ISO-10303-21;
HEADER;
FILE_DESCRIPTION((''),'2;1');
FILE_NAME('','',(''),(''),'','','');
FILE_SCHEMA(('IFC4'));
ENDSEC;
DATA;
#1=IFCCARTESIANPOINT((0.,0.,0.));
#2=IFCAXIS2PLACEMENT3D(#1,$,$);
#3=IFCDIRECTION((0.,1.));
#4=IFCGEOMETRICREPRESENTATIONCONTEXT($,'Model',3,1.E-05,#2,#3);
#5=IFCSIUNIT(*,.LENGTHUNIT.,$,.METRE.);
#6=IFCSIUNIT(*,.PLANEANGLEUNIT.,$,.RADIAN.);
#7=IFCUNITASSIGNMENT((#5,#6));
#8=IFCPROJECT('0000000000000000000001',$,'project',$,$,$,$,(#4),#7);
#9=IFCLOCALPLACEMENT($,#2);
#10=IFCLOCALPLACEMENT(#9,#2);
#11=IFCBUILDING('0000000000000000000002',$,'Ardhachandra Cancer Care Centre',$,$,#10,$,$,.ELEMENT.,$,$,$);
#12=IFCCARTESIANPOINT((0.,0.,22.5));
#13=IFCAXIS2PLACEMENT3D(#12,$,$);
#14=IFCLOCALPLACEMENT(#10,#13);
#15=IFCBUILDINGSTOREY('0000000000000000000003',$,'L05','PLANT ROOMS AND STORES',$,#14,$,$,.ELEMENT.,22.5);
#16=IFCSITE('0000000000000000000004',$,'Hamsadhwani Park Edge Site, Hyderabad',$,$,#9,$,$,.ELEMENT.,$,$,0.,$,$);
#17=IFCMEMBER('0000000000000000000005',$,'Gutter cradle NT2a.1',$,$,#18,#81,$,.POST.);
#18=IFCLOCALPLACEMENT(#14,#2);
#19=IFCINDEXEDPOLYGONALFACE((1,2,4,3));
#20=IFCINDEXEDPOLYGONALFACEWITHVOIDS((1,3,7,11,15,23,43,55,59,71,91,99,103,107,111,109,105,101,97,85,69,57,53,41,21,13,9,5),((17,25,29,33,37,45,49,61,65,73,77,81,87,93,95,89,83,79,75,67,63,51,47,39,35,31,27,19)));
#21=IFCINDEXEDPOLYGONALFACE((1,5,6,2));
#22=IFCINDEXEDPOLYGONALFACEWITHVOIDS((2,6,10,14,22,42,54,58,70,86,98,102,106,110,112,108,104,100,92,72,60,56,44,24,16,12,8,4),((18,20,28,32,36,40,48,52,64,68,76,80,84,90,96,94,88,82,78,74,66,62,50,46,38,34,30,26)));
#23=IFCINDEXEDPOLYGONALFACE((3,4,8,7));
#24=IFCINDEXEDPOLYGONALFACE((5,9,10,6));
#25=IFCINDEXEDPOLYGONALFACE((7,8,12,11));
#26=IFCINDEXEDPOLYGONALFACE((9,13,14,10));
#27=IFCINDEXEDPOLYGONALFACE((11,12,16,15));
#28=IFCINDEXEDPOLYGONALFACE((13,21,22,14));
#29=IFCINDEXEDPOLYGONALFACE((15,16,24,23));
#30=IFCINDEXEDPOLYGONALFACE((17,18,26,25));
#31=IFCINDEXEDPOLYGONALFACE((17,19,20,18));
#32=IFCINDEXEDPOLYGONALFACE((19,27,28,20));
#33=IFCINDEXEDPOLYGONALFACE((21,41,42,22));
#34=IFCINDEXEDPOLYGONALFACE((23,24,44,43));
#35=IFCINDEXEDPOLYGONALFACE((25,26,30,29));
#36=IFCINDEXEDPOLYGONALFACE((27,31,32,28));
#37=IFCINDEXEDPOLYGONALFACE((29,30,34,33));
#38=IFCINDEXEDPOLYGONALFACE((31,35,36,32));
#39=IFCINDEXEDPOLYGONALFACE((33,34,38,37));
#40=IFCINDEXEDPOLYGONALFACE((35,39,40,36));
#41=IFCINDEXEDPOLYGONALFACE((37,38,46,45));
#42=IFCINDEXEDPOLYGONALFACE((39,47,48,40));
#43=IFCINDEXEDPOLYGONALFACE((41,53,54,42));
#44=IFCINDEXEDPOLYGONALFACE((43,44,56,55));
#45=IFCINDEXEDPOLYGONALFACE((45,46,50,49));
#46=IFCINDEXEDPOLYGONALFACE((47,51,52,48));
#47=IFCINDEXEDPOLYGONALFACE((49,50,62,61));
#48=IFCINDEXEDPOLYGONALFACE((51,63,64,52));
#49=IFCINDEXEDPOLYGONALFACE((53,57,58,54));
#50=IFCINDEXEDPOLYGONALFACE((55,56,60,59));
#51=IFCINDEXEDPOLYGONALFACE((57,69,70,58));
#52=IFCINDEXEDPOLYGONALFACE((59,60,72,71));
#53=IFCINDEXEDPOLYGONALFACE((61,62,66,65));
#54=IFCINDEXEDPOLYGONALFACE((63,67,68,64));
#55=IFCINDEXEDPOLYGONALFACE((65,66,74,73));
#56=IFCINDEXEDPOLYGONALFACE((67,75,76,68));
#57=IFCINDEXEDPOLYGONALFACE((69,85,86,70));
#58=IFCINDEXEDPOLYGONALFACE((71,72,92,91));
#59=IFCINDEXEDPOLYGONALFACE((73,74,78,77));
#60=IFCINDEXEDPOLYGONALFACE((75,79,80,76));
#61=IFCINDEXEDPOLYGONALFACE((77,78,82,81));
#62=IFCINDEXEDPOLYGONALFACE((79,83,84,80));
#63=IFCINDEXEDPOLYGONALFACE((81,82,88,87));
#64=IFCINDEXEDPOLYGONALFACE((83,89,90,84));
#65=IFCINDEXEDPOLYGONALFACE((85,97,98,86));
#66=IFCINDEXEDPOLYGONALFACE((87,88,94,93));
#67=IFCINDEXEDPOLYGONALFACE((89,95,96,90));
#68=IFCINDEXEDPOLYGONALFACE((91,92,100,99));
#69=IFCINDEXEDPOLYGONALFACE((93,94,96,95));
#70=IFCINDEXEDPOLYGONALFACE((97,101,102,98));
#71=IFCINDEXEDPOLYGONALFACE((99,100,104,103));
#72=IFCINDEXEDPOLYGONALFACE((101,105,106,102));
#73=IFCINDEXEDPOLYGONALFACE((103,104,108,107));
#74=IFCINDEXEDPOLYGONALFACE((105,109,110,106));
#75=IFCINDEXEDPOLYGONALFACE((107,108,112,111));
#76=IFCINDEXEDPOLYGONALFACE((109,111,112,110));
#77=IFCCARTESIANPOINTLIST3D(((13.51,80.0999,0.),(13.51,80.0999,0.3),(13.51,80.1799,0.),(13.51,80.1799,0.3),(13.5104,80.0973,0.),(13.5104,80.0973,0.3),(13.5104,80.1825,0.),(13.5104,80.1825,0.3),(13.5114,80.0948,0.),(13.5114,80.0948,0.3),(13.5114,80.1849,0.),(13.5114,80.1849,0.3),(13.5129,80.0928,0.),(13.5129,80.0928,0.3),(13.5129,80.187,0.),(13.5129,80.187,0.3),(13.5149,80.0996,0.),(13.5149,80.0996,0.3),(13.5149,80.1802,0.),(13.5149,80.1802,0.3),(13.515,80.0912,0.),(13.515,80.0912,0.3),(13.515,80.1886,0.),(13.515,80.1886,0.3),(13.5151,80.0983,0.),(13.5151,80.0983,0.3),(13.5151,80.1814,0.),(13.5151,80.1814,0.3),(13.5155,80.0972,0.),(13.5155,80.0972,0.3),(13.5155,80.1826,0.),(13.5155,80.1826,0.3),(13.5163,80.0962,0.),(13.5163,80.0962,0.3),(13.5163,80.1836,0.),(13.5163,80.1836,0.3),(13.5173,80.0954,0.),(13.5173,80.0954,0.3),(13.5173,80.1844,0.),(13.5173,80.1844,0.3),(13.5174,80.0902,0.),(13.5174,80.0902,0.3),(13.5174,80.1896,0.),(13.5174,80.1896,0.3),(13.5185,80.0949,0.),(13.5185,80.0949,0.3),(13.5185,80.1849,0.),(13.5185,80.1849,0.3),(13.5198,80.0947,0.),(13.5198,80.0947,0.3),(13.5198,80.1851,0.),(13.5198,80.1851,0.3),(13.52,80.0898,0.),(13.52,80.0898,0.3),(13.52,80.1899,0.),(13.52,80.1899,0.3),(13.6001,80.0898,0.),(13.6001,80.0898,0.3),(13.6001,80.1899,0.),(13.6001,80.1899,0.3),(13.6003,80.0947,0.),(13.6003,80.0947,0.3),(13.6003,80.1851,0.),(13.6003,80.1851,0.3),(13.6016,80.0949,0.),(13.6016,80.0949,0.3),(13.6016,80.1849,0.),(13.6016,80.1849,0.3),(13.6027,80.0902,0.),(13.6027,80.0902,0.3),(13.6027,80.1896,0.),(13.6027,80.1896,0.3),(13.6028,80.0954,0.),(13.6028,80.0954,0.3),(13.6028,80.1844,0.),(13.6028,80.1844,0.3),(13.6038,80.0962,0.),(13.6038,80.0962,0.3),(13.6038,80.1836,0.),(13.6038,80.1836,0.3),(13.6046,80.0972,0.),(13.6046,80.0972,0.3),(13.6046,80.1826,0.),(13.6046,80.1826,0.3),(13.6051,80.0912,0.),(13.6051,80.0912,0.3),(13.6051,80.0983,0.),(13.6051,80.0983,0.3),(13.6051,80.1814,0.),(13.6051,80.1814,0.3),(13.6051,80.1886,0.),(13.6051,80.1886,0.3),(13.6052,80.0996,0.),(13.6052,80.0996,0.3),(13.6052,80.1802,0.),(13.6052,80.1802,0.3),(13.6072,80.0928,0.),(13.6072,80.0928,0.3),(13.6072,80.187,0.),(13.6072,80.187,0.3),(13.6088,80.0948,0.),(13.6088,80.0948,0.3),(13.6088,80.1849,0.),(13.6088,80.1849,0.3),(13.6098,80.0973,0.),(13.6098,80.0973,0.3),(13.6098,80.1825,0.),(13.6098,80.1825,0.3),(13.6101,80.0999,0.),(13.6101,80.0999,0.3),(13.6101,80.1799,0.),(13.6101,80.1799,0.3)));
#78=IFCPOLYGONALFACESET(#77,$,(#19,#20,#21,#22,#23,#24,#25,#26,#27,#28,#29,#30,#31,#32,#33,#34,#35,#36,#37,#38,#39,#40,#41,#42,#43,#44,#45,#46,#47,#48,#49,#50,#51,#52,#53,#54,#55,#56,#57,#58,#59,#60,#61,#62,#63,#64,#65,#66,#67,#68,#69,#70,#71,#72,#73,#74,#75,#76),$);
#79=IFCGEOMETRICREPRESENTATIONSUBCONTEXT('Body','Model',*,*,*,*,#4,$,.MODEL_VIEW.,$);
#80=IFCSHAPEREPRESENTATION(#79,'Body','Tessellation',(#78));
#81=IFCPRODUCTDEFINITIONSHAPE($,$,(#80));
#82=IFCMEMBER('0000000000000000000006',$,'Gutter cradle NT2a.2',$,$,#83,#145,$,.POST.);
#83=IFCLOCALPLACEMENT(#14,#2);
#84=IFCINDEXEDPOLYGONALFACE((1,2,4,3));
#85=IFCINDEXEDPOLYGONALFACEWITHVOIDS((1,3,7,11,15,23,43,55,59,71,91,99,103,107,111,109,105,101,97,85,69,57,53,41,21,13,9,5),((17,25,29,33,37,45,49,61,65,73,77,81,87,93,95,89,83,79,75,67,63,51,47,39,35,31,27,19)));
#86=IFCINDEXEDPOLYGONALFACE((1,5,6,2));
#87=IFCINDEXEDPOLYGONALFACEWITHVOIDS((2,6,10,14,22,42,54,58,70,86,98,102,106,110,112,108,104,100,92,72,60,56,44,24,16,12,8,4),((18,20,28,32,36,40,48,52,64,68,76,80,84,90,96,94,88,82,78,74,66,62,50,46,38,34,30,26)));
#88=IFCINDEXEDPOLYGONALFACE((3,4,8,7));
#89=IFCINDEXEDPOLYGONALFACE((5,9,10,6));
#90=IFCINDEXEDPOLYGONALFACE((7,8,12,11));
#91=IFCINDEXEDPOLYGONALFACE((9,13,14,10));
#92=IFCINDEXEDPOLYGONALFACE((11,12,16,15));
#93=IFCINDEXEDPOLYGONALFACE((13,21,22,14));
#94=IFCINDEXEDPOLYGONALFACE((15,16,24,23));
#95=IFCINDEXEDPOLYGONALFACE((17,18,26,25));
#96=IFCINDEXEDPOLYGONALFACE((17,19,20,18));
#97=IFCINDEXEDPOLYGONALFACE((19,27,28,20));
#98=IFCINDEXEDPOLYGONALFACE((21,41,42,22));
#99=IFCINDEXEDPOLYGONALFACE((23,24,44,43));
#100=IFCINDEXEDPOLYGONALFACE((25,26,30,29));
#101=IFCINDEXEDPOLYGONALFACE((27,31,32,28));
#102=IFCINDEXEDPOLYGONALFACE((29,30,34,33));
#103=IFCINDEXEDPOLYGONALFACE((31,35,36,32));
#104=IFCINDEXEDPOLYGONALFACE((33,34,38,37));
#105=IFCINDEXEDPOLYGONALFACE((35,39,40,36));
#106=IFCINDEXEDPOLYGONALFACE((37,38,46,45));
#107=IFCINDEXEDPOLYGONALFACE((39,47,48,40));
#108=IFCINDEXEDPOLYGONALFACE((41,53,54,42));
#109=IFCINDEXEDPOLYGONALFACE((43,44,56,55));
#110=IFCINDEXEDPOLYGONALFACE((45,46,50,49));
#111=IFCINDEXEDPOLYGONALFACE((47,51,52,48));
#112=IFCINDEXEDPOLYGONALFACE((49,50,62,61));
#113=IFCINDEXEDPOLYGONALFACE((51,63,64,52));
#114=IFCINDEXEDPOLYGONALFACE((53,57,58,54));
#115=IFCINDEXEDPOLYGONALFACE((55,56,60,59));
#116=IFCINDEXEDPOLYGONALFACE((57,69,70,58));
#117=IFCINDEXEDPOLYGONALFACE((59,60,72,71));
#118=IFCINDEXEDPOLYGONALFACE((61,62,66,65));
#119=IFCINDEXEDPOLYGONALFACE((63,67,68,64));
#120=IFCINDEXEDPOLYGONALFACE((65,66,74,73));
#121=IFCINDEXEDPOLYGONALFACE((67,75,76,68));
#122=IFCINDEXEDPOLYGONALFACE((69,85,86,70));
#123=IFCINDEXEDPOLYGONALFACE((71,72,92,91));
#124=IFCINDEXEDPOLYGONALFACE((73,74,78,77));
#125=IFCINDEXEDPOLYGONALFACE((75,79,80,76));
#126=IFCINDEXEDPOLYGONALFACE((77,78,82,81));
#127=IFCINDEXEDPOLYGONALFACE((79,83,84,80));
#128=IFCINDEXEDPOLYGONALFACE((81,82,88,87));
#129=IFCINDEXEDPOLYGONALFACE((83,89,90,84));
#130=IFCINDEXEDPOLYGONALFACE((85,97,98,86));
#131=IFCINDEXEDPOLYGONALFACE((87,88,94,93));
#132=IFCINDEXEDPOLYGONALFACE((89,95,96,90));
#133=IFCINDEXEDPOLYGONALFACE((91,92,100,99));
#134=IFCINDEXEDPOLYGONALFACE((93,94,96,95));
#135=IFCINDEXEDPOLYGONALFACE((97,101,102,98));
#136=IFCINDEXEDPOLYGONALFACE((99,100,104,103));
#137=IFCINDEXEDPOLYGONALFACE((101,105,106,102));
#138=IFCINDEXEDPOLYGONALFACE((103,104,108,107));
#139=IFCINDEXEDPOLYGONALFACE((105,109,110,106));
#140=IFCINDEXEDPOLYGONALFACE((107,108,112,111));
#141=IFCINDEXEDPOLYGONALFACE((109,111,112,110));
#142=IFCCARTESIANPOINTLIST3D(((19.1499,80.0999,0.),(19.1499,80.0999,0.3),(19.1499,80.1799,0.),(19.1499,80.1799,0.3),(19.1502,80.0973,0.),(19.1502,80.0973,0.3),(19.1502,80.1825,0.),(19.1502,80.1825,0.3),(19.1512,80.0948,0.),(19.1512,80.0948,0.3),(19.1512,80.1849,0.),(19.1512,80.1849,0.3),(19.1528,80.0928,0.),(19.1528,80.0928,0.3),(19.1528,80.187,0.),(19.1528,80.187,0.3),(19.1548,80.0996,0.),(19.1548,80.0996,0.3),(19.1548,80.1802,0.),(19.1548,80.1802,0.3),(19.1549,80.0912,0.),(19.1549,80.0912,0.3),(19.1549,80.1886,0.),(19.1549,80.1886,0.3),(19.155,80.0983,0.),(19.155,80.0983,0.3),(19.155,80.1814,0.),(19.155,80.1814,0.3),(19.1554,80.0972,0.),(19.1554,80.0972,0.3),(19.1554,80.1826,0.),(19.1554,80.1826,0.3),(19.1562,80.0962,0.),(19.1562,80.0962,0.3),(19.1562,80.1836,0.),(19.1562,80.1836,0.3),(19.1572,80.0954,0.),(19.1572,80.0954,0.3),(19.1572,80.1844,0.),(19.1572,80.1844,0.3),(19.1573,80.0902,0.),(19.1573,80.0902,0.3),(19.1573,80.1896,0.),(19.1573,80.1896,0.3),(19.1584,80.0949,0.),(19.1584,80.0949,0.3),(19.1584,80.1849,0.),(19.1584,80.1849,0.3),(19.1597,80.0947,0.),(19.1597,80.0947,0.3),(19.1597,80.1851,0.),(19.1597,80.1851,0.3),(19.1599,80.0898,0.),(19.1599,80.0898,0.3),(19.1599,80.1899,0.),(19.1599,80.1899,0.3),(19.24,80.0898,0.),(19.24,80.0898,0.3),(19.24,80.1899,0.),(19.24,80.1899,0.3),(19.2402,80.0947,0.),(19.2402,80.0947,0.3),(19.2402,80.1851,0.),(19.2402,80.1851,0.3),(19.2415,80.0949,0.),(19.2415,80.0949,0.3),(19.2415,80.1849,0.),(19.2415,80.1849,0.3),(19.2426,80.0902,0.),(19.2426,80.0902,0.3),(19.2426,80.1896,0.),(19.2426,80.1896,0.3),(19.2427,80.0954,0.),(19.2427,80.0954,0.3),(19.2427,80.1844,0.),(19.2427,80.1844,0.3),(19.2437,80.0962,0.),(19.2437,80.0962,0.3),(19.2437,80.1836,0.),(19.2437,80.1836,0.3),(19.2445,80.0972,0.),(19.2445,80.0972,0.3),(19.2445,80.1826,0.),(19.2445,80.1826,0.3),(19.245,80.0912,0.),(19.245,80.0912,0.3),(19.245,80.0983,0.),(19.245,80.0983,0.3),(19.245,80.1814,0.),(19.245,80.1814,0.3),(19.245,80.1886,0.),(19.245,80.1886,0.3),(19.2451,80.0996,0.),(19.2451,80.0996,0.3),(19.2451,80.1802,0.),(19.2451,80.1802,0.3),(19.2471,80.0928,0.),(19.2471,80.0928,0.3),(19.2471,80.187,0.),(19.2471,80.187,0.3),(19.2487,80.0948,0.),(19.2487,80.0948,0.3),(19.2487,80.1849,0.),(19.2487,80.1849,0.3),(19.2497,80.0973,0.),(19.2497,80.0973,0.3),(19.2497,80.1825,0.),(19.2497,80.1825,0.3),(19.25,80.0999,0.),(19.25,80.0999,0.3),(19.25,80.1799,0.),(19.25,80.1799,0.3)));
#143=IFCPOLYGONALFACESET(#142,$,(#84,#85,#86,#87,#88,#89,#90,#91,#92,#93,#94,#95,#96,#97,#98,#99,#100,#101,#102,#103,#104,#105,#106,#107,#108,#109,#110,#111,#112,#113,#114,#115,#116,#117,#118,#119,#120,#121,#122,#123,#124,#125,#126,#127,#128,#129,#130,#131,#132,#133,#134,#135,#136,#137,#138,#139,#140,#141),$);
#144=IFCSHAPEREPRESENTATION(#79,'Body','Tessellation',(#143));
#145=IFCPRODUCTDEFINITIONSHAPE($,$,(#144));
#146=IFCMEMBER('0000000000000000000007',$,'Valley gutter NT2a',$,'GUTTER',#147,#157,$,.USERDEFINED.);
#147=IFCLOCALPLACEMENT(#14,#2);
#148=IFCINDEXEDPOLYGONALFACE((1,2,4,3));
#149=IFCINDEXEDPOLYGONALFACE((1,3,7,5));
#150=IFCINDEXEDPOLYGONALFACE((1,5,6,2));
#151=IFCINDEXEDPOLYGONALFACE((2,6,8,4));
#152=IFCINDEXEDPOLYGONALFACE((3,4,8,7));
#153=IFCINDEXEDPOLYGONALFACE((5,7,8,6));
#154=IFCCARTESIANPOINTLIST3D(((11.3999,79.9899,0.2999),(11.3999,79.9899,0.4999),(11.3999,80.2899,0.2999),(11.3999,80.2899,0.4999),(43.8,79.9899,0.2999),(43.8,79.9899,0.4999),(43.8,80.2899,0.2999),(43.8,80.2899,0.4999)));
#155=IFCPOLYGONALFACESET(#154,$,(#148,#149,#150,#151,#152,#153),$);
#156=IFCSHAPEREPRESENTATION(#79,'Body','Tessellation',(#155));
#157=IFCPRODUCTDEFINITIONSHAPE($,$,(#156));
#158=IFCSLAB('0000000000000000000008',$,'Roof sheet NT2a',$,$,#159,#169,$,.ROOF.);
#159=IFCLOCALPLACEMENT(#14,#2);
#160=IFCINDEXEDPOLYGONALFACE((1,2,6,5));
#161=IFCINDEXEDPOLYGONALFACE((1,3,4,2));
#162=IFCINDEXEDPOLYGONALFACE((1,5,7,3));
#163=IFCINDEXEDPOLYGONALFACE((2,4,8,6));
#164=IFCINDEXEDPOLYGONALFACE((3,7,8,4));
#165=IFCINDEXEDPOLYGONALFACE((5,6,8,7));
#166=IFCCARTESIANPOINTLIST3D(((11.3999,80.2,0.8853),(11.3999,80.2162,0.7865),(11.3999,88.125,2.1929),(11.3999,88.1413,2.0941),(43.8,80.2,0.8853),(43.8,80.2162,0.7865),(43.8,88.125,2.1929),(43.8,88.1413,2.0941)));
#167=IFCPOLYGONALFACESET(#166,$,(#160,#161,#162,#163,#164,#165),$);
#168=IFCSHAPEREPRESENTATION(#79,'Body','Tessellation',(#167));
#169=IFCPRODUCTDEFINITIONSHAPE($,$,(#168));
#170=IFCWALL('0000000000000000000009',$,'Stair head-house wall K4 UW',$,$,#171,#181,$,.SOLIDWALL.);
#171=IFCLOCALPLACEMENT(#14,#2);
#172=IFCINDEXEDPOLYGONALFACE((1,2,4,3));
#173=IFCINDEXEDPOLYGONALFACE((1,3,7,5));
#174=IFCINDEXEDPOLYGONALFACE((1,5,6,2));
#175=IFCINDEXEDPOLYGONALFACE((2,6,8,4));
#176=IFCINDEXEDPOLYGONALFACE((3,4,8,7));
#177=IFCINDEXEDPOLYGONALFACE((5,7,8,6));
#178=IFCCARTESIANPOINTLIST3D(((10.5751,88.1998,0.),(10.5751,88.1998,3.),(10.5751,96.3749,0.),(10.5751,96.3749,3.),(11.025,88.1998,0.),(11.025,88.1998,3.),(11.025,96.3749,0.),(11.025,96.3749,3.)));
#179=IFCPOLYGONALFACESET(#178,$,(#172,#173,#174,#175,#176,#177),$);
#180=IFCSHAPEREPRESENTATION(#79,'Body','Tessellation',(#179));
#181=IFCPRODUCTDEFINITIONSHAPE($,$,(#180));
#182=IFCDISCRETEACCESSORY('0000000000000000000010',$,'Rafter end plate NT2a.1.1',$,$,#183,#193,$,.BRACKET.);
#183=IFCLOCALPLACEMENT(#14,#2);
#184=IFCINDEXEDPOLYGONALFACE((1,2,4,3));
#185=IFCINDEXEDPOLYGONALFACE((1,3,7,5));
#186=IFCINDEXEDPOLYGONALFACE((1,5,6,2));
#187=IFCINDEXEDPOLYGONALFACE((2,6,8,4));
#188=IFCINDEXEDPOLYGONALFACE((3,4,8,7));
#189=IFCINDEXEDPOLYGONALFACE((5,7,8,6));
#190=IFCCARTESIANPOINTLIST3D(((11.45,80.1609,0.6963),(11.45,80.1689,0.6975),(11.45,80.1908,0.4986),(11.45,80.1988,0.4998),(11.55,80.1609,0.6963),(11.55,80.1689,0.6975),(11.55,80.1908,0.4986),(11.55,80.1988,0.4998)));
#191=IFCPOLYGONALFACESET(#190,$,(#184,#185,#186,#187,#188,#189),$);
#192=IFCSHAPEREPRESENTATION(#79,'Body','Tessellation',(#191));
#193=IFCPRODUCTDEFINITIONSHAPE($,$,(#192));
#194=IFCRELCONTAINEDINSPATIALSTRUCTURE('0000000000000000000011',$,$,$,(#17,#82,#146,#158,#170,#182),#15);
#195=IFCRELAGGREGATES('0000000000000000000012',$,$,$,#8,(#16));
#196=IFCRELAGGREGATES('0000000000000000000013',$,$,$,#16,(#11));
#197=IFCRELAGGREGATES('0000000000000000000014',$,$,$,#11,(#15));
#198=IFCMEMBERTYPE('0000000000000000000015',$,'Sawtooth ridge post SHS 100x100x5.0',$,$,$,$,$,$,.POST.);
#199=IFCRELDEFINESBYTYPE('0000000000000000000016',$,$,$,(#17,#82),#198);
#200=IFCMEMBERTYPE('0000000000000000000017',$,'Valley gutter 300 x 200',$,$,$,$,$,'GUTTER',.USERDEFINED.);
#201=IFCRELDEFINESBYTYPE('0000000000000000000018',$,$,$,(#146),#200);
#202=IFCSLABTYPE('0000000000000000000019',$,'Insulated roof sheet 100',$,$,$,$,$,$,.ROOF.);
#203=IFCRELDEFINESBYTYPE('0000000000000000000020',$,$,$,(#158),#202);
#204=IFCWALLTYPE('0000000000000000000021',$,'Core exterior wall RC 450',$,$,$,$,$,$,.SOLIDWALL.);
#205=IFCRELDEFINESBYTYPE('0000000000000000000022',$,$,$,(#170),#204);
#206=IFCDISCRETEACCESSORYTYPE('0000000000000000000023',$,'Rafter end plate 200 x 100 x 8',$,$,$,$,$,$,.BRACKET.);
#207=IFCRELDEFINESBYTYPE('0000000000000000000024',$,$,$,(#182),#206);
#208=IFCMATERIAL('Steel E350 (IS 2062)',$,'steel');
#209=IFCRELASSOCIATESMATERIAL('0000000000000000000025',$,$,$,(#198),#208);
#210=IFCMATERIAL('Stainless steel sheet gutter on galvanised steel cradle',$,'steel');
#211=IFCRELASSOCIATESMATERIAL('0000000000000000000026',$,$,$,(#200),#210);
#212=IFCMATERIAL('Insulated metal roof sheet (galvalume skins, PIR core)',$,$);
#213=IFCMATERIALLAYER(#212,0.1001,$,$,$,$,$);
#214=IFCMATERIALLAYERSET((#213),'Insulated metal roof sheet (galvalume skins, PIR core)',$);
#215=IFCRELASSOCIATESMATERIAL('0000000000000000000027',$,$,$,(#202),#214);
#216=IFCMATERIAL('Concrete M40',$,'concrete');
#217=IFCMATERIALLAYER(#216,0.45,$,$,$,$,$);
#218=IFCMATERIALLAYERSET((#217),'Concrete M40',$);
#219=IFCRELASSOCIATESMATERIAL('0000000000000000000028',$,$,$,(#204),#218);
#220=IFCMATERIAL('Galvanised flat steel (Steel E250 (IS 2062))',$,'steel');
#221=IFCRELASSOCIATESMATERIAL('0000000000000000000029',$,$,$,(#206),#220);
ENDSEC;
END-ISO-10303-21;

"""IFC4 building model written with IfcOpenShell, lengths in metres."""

from ifc_helpers import new_model, si_unit, direction, frame, frame_2d, origin, origin_2d, place, context, subcontext, project, spatial, polyline, rectangle, hollow_rectangle, outline, extrude, material, layer, layer_set, material_profile, profile_set, type_object, element, save


model = new_model("IFC4")

# Units and contexts
model_context = context("Model", 3, precision=1e-05, world=origin(), true_north=direction((0.0, 1.0)))
body_context = subcontext(model_context, "Body", "Model", "MODEL_VIEW")
ifc_project = project(units=[si_unit("LENGTHUNIT", "METRE"), si_unit("PLANEANGLEUNIT", "RADIAN")], contexts=[model_context])

# Site, building, storey
site_placement = place(None, origin())
site = spatial("IfcSite", under=ifc_project, at=site_placement, Name="Hamsadhwani Park Edge Site, Hyderabad", CompositionType="ELEMENT", RefElevation=0.0)
building_placement = place(site_placement, origin())
building = spatial("IfcBuilding", under=site, at=building_placement, Name="Ardhachandra Cancer Care Centre", CompositionType="ELEMENT")
storey_placement = place(building_placement, frame((0.0, 0.0, 22.5)))
storey = spatial("IfcBuildingStorey", under=building, at=storey_placement, Name="L05", Description="PLANT ROOMS AND STORES", CompositionType="ELEMENT", Elevation=22.5)

# Members
ifc_material_1 = material(Name="Steel E350 (IS 2062)", Category="steel")
ifc_material_profile_1 = material_profile(ifc_material_1, hollow_rectangle(XDim=0.1001, YDim=0.1001, WallThickness=0.0049, InnerFilletRadius=0.0049, OuterFilletRadius=0.01, at=origin_2d()), Name="SHS 100x100x5.0")
ifc_profile_set_1 = profile_set([ifc_material_profile_1], Name="Steel E350 (IS 2062)")
member_type_1 = type_object("IfcMemberType", Name="Sawtooth ridge post SHS 100x100x5.0", PredefinedType="POST", material=ifc_profile_set_1)
for number, where, z_axis, x_axis, name in (
    (1, (13.5601, 80.1399, 0.0), (0.0, 0.0, 1.0), (1.0, 0.0, 0.0), "Gutter cradle NT2a.1"),
    (2, (19.2, 80.1399, 0.0), (0.0, 0.0, 1.0), (1.0, 0.0, 0.0), "Gutter cradle NT2a.2"),
):
    element("IfcMember", number, at=place(storey_placement, frame(where, z_axis=z_axis, x_axis=x_axis)), inside=storey, type_object=member_type_1, Name=name, PredefinedType="POST", context=body_context, shape_type="SweptSolid", body=[
        extrude(hollow_rectangle(XDim=0.1001, YDim=0.1001, WallThickness=0.0049, InnerFilletRadius=0.0049, OuterFilletRadius=0.01, at=origin_2d()), origin(), (0.0, 0.0, 1.0), 0.3),
    ])
ifc_material_2 = material(Name="Stainless steel sheet gutter on galvanised steel cradle", Category="steel")
ifc_material_profile_2 = material_profile(ifc_material_2, rectangle(XDim=0.3, YDim=0.2, at=origin_2d()), Name="Valley gutter 300 x 200")
ifc_profile_set_2 = profile_set([ifc_material_profile_2], Name="Stainless steel sheet gutter on galvanised steel cradle")
member_type_2 = type_object("IfcMemberType", Name="Valley gutter 300 x 200", ElementType="GUTTER", PredefinedType="USERDEFINED", material=ifc_profile_set_2)
member_1_placement = place(storey_placement, frame((11.3999, 80.1399, 0.3999), z_axis=(1.0, 0.0, 0.0), x_axis=(0.0, 1.0, 0.0)))
element("IfcMember", 3, at=member_1_placement, inside=storey, type_object=member_type_2, Name="Valley gutter NT2a", ObjectType="GUTTER", PredefinedType="USERDEFINED", context=body_context, shape_type="SweptSolid", body=[
    extrude(rectangle(XDim=0.3, YDim=0.2, at=origin_2d()), origin(), (0.0, 0.0, 1.0), 32.4001),
])

# Slab
ifc_material_3 = material(Name="Insulated metal roof sheet (galvalume skins, PIR core)")
ifc_layer_1 = layer(ifc_material_3, 0.1001)
ifc_layer_set_1 = layer_set([ifc_layer_1], Name="Insulated metal roof sheet (galvalume skins, PIR core)")
slab_type = type_object("IfcSlabType", Name="Insulated roof sheet 100", PredefinedType="ROOF", material=ifc_layer_set_1)
slab_placement = place(storey_placement, frame((11.3999, 80.2, 0.8853), z_axis=(0.0, -0.162797, 0.98666), x_axis=(1.0, 0.0, 0.0)))
element("IfcSlab", 4, at=slab_placement, inside=storey, type_object=slab_type, Name="Roof sheet NT2a", PredefinedType="ROOF", context=body_context, shape_type="SweptSolid", body=[
    extrude(outline(polyline([(0.0, 0.0), (32.4001, 0.0), (32.4001, 8.0322), (0.0, 8.0322), (0.0, 0.0)])), origin(), (0.0, 0.0, -1.0), 0.1001),
])

# Wall
ifc_material_4 = material(Name="Concrete M40", Category="concrete")
ifc_layer_2 = layer(ifc_material_4, 0.45)
ifc_layer_set_2 = layer_set([ifc_layer_2], Name="Concrete M40")
wall_type = type_object("IfcWallType", Name="Core exterior wall RC 450", PredefinedType="SOLIDWALL", material=ifc_layer_set_2)
wall_placement = place(storey_placement, frame((10.8, 88.2, 0.0), z_axis=(0.0, 0.0, 1.0), x_axis=(0.0, 1.0, 0.0)))
element("IfcWall", 5, at=wall_placement, inside=storey, type_object=wall_type, Name="Stair head-house wall K4 UW", PredefinedType="SOLIDWALL", context=body_context, shape_type="SweptSolid", body=[
    extrude(rectangle(XDim=8.175, YDim=0.45, at=frame_2d((4.0874, 0.0))), origin(), (0.0, 0.0, 1.0), 3.0),
])

# Discrete accessory
ifc_material_5 = material(Name="Galvanised flat steel (Steel E250 (IS 2062))", Category="steel")
ifc_material_profile_3 = material_profile(ifc_material_5, rectangle(XDim=0.1001, YDim=0.2, at=origin_2d()), Name="Rafter end plate 200 x 100 x 8")
ifc_profile_set_3 = profile_set([ifc_material_profile_3], Name="Galvanised flat steel (Steel E250 (IS 2062))")
discrete_accessory_type_1 = type_object("IfcDiscreteAccessoryType", Name="Rafter end plate 200 x 100 x 8", PredefinedType="BRACKET", material=ifc_profile_set_3)
discrete_accessory_1_placement = place(storey_placement, frame((11.5, 80.1838, 0.5986), z_axis=(0.0, -0.988716, -0.149805), x_axis=(1.0, 0.0, 0.0)))
element("IfcDiscreteAccessory", 6, at=discrete_accessory_1_placement, inside=storey, type_object=discrete_accessory_type_1, Name="Rafter end plate NT2a.1.1", PredefinedType="BRACKET", context=body_context, shape_type="SweptSolid", body=[
    extrude(rectangle(XDim=0.1001, YDim=0.2, at=origin_2d()), origin(), (0.0, 0.0, 1.0), 0.0081),
])

save(model, "model.ifc")
